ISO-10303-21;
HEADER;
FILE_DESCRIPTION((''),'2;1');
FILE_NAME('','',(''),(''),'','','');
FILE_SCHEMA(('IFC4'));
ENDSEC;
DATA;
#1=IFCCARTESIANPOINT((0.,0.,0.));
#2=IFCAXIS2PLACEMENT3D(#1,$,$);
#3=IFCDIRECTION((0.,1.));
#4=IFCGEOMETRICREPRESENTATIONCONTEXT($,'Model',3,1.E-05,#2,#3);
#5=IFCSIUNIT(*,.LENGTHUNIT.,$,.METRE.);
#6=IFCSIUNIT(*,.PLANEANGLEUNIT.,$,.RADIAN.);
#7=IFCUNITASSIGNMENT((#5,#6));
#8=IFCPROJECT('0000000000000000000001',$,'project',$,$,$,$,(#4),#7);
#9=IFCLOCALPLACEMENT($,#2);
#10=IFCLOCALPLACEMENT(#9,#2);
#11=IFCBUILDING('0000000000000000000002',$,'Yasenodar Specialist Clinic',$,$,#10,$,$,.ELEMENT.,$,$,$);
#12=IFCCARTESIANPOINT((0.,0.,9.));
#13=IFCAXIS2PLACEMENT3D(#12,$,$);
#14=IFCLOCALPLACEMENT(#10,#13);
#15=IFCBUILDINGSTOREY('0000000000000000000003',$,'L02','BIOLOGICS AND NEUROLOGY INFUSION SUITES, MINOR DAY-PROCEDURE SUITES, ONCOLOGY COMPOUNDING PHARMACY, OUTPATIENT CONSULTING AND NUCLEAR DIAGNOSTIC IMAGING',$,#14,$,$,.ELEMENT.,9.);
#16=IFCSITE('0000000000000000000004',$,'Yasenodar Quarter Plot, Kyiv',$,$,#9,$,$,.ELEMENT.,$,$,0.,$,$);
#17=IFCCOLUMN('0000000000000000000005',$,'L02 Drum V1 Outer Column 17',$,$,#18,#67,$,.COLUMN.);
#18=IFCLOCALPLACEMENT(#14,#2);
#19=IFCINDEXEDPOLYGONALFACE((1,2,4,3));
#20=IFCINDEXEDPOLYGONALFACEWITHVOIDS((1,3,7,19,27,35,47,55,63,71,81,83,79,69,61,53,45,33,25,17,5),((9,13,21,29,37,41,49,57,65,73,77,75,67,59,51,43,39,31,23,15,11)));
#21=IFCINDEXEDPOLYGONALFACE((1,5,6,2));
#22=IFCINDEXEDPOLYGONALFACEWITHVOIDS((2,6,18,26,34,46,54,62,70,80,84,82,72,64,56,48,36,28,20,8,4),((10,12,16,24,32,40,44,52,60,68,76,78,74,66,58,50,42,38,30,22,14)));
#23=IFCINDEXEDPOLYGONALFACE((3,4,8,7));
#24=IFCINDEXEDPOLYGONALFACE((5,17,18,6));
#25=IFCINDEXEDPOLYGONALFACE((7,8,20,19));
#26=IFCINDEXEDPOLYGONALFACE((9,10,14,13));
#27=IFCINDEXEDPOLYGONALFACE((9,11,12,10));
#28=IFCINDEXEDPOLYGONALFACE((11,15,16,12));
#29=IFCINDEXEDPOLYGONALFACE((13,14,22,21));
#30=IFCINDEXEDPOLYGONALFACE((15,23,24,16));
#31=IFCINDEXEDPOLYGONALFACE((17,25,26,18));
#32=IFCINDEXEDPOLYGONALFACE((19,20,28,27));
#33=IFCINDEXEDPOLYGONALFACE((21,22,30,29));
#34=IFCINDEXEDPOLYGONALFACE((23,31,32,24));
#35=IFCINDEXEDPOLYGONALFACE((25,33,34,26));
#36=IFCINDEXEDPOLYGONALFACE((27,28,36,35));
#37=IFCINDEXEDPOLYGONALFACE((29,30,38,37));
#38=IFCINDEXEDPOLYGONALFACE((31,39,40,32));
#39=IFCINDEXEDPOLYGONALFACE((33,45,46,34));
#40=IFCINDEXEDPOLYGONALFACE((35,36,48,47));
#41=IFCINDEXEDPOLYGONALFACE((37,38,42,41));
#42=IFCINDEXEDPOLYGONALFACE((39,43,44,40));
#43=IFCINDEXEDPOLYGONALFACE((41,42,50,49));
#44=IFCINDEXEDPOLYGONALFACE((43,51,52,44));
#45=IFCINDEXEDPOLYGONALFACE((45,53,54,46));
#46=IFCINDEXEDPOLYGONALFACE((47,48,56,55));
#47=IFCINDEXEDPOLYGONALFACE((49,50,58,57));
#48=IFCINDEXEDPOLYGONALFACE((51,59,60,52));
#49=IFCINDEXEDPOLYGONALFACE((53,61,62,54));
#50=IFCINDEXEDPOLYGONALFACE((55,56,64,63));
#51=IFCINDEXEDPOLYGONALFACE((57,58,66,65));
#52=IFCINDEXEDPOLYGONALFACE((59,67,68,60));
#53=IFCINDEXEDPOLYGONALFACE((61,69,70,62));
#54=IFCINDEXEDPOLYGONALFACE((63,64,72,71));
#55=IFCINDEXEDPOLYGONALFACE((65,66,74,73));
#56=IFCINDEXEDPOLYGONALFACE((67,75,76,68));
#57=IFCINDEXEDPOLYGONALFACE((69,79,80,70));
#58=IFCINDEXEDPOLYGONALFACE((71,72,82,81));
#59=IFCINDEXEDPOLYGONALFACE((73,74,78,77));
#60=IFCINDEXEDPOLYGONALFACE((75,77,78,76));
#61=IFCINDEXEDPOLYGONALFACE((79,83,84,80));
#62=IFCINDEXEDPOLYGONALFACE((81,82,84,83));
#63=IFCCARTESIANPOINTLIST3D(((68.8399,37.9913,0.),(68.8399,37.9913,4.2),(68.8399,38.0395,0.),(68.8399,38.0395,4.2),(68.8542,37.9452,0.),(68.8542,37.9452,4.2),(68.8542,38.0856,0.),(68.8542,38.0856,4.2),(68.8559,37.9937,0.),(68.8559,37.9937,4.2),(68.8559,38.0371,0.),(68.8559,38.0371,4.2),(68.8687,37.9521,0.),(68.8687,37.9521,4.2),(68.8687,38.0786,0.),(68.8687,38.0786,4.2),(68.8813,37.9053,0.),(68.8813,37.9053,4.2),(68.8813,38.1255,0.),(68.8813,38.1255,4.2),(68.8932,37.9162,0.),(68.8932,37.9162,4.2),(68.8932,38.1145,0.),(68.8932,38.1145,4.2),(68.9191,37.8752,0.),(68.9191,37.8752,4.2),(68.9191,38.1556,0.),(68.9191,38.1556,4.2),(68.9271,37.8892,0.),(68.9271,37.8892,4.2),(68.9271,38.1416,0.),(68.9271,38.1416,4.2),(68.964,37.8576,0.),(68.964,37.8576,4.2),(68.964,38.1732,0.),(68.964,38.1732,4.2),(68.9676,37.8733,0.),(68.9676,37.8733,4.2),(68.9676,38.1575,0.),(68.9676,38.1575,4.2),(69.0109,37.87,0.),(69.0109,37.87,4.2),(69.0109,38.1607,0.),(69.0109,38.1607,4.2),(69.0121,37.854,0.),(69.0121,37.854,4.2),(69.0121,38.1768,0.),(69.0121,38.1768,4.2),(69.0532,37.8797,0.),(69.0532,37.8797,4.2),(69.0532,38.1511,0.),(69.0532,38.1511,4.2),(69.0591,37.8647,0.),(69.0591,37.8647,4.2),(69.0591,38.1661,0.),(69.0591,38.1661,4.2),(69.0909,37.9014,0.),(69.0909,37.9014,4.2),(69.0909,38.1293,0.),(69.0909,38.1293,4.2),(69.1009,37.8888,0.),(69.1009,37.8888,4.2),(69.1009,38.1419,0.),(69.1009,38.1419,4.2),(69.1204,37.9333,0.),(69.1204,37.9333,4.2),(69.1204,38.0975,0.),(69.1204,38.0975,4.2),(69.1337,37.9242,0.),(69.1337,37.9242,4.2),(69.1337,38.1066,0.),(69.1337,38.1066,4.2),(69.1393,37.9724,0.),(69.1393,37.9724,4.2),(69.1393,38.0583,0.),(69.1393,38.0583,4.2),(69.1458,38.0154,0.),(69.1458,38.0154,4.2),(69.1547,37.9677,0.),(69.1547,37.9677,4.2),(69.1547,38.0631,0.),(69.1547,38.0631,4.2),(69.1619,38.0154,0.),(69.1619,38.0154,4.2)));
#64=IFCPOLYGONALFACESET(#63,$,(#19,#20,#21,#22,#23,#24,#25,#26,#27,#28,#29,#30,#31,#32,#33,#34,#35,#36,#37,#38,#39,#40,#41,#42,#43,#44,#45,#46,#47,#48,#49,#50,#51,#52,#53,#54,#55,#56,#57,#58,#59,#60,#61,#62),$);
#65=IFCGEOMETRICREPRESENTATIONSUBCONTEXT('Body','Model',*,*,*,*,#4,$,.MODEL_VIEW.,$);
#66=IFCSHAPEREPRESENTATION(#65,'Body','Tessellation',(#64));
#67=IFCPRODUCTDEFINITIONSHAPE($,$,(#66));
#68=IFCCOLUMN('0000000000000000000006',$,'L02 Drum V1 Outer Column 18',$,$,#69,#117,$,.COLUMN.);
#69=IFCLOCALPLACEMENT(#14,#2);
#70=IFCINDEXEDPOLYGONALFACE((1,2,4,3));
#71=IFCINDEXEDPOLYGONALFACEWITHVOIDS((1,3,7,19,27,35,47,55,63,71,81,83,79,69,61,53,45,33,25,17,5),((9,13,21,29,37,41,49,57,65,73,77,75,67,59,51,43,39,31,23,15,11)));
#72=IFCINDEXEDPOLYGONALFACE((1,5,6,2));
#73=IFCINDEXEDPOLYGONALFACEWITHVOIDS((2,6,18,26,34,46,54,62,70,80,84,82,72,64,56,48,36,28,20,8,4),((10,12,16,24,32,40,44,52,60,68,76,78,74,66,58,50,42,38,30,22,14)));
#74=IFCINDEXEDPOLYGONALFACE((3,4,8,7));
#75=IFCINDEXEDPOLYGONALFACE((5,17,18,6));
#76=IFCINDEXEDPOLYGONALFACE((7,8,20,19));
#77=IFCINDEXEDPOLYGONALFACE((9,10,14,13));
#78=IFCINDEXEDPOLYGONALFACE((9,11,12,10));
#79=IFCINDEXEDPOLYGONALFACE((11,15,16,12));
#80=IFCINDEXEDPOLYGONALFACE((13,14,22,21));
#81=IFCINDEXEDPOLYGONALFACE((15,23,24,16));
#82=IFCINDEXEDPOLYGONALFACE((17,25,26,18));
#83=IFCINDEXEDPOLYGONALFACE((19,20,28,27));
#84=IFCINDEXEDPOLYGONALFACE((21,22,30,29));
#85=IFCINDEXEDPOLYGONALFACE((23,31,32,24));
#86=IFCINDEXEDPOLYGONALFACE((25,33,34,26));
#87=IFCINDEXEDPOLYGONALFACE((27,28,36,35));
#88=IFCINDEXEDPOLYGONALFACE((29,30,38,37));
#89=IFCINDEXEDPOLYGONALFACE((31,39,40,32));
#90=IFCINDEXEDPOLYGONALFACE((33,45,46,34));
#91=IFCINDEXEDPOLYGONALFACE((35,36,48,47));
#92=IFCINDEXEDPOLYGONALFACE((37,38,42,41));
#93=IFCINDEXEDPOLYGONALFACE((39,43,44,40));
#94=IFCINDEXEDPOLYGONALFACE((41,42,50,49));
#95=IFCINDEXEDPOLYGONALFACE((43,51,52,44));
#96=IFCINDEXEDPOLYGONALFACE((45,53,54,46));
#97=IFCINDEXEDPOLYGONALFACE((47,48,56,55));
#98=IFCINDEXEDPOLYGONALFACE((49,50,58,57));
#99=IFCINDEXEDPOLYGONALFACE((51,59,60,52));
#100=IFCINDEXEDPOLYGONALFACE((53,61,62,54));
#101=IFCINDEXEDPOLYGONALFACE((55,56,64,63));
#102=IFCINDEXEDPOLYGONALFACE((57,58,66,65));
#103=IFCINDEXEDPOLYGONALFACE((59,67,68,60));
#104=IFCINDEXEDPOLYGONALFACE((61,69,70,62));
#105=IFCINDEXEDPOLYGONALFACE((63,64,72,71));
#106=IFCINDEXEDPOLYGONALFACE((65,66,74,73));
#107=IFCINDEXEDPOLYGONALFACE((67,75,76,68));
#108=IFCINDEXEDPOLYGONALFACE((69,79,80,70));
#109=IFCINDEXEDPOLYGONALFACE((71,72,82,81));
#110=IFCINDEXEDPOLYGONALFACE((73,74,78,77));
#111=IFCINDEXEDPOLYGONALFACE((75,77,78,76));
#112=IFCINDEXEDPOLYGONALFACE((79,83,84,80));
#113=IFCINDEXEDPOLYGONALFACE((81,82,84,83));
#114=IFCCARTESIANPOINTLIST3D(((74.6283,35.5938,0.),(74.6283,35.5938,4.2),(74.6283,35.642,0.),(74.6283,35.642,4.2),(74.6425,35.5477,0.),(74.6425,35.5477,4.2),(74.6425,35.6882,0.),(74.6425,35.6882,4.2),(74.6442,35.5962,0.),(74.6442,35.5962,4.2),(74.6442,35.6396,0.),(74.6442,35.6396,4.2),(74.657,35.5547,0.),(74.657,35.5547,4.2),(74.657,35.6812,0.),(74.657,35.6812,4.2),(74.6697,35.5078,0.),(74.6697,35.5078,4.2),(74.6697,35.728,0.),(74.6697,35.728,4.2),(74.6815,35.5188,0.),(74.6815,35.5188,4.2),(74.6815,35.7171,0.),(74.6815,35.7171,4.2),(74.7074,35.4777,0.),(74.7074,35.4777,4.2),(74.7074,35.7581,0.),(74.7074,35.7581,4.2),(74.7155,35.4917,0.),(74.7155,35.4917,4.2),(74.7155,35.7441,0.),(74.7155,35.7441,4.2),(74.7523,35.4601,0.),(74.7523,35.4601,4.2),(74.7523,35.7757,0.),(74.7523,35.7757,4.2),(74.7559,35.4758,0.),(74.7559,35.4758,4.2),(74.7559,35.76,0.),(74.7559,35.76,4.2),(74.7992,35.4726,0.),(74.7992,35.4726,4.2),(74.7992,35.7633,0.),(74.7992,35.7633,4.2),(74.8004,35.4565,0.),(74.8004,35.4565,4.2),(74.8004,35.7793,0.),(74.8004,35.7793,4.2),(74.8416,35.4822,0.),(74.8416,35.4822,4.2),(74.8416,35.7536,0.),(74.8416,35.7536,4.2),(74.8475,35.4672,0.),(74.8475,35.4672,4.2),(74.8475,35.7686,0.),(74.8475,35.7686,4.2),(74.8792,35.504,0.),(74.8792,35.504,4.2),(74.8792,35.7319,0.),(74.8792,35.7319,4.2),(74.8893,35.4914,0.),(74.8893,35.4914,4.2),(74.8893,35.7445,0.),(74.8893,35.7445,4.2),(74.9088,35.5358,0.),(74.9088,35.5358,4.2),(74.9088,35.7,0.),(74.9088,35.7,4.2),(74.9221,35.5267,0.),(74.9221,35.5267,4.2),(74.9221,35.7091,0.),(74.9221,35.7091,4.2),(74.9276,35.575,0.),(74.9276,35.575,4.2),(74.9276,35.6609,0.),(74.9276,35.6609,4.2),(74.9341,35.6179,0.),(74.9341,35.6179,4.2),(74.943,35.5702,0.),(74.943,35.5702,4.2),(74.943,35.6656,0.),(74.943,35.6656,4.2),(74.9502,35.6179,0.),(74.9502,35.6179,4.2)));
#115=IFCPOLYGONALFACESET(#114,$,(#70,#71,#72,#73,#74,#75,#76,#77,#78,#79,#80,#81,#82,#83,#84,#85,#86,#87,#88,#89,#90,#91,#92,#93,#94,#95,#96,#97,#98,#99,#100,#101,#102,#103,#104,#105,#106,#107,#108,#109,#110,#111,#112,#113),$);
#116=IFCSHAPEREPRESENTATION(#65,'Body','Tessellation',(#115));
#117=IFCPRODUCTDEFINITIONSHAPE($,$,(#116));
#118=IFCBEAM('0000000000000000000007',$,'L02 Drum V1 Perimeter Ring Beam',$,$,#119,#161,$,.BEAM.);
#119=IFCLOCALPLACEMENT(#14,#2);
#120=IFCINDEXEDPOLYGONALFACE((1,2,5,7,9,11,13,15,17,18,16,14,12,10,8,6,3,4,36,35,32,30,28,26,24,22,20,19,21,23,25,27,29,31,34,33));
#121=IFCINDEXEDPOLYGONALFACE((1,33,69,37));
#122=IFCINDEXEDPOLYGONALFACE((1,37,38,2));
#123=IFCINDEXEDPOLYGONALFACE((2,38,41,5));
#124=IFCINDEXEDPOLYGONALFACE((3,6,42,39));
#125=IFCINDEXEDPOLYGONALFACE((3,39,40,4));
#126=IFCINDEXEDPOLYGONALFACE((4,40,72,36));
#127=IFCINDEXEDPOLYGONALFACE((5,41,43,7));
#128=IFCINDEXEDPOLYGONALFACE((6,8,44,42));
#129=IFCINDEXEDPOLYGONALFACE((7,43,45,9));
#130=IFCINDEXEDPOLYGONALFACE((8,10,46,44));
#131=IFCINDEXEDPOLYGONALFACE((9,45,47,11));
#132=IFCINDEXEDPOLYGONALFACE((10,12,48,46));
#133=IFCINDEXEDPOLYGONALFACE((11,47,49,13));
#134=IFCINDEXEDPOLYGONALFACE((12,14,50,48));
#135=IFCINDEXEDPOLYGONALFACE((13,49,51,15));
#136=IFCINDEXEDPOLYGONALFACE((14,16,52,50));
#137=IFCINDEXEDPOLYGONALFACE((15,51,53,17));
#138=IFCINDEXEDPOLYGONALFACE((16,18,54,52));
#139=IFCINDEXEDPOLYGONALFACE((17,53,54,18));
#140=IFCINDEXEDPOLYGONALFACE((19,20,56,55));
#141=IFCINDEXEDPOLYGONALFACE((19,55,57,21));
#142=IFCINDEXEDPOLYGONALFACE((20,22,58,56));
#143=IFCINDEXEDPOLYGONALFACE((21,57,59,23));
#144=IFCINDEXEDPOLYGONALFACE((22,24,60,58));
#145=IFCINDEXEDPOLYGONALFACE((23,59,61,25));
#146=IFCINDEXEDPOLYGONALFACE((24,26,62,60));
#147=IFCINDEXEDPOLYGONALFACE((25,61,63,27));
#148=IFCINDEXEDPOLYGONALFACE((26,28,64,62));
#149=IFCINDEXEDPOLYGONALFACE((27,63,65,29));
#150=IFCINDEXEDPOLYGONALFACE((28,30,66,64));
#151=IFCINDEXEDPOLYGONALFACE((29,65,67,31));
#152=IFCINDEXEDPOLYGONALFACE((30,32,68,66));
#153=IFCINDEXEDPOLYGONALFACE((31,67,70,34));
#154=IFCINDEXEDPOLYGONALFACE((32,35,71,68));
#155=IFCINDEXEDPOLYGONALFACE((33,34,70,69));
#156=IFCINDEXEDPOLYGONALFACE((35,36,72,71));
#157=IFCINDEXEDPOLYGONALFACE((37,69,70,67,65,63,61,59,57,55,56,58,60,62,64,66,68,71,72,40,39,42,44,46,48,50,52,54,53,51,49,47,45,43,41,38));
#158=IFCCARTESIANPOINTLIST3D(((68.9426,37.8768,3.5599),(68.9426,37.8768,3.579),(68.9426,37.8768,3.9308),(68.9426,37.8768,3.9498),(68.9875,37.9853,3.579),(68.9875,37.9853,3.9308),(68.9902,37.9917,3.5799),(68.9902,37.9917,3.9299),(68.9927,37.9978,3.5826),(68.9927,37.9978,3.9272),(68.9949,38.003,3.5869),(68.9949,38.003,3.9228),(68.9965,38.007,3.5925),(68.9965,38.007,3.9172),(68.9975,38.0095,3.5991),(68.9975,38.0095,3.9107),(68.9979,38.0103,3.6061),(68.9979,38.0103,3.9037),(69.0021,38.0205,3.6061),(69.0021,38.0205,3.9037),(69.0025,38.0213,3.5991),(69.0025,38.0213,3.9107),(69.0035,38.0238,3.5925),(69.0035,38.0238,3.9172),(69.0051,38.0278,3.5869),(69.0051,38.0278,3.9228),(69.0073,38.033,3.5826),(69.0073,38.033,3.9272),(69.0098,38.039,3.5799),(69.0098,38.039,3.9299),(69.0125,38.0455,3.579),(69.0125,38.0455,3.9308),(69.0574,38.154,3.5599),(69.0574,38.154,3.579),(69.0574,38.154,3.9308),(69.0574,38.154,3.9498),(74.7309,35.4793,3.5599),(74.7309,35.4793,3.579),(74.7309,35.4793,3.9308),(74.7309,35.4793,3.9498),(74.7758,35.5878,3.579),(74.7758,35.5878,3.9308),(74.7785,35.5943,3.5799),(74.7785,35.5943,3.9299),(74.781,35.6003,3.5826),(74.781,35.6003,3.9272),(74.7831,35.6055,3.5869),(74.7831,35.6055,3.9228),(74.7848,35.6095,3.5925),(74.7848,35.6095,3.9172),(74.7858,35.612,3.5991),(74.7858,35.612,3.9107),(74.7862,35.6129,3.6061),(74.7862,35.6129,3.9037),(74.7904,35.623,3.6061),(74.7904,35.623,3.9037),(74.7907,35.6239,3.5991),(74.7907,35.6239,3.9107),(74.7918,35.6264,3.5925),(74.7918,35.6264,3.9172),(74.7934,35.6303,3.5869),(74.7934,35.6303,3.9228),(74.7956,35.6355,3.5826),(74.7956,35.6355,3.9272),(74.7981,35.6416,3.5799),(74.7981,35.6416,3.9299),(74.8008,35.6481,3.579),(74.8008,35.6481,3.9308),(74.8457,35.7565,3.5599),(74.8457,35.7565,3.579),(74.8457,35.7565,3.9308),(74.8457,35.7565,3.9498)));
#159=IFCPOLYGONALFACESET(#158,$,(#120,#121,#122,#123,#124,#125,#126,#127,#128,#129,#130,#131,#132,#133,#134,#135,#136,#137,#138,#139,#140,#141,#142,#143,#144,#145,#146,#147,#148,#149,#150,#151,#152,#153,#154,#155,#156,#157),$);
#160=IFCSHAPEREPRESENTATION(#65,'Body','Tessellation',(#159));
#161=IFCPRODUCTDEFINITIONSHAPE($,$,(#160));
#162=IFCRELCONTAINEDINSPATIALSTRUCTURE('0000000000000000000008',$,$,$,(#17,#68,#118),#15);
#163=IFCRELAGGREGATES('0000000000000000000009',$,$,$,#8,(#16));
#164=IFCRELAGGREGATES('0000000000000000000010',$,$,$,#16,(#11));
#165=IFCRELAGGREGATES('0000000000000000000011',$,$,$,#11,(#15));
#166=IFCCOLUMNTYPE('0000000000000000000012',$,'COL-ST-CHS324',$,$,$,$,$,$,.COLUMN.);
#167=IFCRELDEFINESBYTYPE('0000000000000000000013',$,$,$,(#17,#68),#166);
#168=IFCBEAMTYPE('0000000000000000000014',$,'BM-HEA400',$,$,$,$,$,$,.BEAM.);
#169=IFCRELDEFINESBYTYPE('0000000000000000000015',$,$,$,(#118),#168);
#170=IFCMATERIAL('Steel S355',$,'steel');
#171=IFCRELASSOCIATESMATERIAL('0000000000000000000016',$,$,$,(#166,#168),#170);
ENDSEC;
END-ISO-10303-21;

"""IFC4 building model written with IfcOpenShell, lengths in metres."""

from ifc_helpers import new_model, si_unit, direction, frame, origin, origin_2d, place, context, subcontext, project, spatial, hollow_circle, i_section, extrude, material, material_profile, profile_set, type_object, element, save


model = new_model("IFC4")

# Units and contexts
model_context = context("Model", 3, precision=1e-05, world=origin(), true_north=direction((0.0, 1.0)))
body_context = subcontext(model_context, "Body", "Model", "MODEL_VIEW")
ifc_project = project(units=[si_unit("LENGTHUNIT", "METRE"), si_unit("PLANEANGLEUNIT", "RADIAN")], contexts=[model_context])

# Site, building, storey
site_placement = place(None, origin())
site = spatial("IfcSite", under=ifc_project, at=site_placement, Name="Yasenodar Quarter Plot, Kyiv", CompositionType="ELEMENT", RefElevation=0.0)
building_placement = place(site_placement, origin())
building = spatial("IfcBuilding", under=site, at=building_placement, Name="Yasenodar Specialist Clinic", CompositionType="ELEMENT")
storey_placement = place(building_placement, frame((0.0, 0.0, 9.0)))
storey = spatial("IfcBuildingStorey", under=building, at=storey_placement, Name="L02", Description="BIOLOGICS AND NEUROLOGY INFUSION SUITES, MINOR DAY-PROCEDURE SUITES, ONCOLOGY COMPOUNDING PHARMACY, OUTPATIENT CONSULTING AND NUCLEAR DIAGNOSTIC IMAGING", CompositionType="ELEMENT", Elevation=9.0)

# Columns
ifc_material_1 = material(Name="Steel S355", Category="steel")
ifc_material_profile_1 = material_profile(ifc_material_1, hollow_circle(Radius=0.1619, WallThickness=0.0161, at=origin_2d()), Name="CHS 323.9x16")
ifc_profile_set_1 = profile_set([ifc_material_profile_1], Name="Steel S355")
column_type = type_object("IfcColumnType", Name="COL-ST-CHS324", PredefinedType="COLUMN", material=ifc_profile_set_1)
for number, where, z_axis, x_axis, name in (
    (1, (69.0, 38.0154, 0.0), (0.0, 0.0, 1.0), (1.0, 0.0, 0.0), "L02 Drum V1 Outer Column 17"),
    (2, (74.7883, 35.6179, 0.0), (0.0, 0.0, 1.0), (1.0, 0.0, 0.0), "L02 Drum V1 Outer Column 18"),
):
    element("IfcColumn", number, at=place(storey_placement, frame(where, z_axis=z_axis, x_axis=x_axis)), inside=storey, type_object=column_type, Name=name, PredefinedType="COLUMN", context=body_context, shape_type="SweptSolid", body=[
        extrude(hollow_circle(Radius=0.1619, WallThickness=0.0161, at=origin_2d()), origin(), (0.0, 0.0, 1.0), 4.2),
    ])

# Beam
ifc_material_profile_2 = material_profile(ifc_material_1, i_section(OverallWidth=0.3, OverallDepth=0.3899, WebThickness=0.011, FlangeThickness=0.019, FilletRadius=0.0271, at=origin_2d()), Name="HEA 400")
ifc_profile_set_2 = profile_set([ifc_material_profile_2], Name="Steel S355")
beam_type = type_object("IfcBeamType", Name="BM-HEA400", PredefinedType="BEAM", material=ifc_profile_set_2)
beam_1_placement = place(storey_placement, frame((69.0, 38.0154, 3.7549), z_axis=(0.923888, -0.382664, 0.0), x_axis=(0.382664, 0.923888, 0.0)))
element("IfcBeam", 3, at=beam_1_placement, inside=storey, type_object=beam_type, Name="L02 Drum V1 Perimeter Ring Beam", PredefinedType="BEAM", context=body_context, shape_type="SweptSolid", body=[
    extrude(i_section(OverallWidth=0.3, OverallDepth=0.3899, WebThickness=0.011, FlangeThickness=0.019, FilletRadius=0.0271, at=origin_2d()), origin(), (0.0, 0.0, 1.0), 6.2651),
])

save(model, "model.ifc")
